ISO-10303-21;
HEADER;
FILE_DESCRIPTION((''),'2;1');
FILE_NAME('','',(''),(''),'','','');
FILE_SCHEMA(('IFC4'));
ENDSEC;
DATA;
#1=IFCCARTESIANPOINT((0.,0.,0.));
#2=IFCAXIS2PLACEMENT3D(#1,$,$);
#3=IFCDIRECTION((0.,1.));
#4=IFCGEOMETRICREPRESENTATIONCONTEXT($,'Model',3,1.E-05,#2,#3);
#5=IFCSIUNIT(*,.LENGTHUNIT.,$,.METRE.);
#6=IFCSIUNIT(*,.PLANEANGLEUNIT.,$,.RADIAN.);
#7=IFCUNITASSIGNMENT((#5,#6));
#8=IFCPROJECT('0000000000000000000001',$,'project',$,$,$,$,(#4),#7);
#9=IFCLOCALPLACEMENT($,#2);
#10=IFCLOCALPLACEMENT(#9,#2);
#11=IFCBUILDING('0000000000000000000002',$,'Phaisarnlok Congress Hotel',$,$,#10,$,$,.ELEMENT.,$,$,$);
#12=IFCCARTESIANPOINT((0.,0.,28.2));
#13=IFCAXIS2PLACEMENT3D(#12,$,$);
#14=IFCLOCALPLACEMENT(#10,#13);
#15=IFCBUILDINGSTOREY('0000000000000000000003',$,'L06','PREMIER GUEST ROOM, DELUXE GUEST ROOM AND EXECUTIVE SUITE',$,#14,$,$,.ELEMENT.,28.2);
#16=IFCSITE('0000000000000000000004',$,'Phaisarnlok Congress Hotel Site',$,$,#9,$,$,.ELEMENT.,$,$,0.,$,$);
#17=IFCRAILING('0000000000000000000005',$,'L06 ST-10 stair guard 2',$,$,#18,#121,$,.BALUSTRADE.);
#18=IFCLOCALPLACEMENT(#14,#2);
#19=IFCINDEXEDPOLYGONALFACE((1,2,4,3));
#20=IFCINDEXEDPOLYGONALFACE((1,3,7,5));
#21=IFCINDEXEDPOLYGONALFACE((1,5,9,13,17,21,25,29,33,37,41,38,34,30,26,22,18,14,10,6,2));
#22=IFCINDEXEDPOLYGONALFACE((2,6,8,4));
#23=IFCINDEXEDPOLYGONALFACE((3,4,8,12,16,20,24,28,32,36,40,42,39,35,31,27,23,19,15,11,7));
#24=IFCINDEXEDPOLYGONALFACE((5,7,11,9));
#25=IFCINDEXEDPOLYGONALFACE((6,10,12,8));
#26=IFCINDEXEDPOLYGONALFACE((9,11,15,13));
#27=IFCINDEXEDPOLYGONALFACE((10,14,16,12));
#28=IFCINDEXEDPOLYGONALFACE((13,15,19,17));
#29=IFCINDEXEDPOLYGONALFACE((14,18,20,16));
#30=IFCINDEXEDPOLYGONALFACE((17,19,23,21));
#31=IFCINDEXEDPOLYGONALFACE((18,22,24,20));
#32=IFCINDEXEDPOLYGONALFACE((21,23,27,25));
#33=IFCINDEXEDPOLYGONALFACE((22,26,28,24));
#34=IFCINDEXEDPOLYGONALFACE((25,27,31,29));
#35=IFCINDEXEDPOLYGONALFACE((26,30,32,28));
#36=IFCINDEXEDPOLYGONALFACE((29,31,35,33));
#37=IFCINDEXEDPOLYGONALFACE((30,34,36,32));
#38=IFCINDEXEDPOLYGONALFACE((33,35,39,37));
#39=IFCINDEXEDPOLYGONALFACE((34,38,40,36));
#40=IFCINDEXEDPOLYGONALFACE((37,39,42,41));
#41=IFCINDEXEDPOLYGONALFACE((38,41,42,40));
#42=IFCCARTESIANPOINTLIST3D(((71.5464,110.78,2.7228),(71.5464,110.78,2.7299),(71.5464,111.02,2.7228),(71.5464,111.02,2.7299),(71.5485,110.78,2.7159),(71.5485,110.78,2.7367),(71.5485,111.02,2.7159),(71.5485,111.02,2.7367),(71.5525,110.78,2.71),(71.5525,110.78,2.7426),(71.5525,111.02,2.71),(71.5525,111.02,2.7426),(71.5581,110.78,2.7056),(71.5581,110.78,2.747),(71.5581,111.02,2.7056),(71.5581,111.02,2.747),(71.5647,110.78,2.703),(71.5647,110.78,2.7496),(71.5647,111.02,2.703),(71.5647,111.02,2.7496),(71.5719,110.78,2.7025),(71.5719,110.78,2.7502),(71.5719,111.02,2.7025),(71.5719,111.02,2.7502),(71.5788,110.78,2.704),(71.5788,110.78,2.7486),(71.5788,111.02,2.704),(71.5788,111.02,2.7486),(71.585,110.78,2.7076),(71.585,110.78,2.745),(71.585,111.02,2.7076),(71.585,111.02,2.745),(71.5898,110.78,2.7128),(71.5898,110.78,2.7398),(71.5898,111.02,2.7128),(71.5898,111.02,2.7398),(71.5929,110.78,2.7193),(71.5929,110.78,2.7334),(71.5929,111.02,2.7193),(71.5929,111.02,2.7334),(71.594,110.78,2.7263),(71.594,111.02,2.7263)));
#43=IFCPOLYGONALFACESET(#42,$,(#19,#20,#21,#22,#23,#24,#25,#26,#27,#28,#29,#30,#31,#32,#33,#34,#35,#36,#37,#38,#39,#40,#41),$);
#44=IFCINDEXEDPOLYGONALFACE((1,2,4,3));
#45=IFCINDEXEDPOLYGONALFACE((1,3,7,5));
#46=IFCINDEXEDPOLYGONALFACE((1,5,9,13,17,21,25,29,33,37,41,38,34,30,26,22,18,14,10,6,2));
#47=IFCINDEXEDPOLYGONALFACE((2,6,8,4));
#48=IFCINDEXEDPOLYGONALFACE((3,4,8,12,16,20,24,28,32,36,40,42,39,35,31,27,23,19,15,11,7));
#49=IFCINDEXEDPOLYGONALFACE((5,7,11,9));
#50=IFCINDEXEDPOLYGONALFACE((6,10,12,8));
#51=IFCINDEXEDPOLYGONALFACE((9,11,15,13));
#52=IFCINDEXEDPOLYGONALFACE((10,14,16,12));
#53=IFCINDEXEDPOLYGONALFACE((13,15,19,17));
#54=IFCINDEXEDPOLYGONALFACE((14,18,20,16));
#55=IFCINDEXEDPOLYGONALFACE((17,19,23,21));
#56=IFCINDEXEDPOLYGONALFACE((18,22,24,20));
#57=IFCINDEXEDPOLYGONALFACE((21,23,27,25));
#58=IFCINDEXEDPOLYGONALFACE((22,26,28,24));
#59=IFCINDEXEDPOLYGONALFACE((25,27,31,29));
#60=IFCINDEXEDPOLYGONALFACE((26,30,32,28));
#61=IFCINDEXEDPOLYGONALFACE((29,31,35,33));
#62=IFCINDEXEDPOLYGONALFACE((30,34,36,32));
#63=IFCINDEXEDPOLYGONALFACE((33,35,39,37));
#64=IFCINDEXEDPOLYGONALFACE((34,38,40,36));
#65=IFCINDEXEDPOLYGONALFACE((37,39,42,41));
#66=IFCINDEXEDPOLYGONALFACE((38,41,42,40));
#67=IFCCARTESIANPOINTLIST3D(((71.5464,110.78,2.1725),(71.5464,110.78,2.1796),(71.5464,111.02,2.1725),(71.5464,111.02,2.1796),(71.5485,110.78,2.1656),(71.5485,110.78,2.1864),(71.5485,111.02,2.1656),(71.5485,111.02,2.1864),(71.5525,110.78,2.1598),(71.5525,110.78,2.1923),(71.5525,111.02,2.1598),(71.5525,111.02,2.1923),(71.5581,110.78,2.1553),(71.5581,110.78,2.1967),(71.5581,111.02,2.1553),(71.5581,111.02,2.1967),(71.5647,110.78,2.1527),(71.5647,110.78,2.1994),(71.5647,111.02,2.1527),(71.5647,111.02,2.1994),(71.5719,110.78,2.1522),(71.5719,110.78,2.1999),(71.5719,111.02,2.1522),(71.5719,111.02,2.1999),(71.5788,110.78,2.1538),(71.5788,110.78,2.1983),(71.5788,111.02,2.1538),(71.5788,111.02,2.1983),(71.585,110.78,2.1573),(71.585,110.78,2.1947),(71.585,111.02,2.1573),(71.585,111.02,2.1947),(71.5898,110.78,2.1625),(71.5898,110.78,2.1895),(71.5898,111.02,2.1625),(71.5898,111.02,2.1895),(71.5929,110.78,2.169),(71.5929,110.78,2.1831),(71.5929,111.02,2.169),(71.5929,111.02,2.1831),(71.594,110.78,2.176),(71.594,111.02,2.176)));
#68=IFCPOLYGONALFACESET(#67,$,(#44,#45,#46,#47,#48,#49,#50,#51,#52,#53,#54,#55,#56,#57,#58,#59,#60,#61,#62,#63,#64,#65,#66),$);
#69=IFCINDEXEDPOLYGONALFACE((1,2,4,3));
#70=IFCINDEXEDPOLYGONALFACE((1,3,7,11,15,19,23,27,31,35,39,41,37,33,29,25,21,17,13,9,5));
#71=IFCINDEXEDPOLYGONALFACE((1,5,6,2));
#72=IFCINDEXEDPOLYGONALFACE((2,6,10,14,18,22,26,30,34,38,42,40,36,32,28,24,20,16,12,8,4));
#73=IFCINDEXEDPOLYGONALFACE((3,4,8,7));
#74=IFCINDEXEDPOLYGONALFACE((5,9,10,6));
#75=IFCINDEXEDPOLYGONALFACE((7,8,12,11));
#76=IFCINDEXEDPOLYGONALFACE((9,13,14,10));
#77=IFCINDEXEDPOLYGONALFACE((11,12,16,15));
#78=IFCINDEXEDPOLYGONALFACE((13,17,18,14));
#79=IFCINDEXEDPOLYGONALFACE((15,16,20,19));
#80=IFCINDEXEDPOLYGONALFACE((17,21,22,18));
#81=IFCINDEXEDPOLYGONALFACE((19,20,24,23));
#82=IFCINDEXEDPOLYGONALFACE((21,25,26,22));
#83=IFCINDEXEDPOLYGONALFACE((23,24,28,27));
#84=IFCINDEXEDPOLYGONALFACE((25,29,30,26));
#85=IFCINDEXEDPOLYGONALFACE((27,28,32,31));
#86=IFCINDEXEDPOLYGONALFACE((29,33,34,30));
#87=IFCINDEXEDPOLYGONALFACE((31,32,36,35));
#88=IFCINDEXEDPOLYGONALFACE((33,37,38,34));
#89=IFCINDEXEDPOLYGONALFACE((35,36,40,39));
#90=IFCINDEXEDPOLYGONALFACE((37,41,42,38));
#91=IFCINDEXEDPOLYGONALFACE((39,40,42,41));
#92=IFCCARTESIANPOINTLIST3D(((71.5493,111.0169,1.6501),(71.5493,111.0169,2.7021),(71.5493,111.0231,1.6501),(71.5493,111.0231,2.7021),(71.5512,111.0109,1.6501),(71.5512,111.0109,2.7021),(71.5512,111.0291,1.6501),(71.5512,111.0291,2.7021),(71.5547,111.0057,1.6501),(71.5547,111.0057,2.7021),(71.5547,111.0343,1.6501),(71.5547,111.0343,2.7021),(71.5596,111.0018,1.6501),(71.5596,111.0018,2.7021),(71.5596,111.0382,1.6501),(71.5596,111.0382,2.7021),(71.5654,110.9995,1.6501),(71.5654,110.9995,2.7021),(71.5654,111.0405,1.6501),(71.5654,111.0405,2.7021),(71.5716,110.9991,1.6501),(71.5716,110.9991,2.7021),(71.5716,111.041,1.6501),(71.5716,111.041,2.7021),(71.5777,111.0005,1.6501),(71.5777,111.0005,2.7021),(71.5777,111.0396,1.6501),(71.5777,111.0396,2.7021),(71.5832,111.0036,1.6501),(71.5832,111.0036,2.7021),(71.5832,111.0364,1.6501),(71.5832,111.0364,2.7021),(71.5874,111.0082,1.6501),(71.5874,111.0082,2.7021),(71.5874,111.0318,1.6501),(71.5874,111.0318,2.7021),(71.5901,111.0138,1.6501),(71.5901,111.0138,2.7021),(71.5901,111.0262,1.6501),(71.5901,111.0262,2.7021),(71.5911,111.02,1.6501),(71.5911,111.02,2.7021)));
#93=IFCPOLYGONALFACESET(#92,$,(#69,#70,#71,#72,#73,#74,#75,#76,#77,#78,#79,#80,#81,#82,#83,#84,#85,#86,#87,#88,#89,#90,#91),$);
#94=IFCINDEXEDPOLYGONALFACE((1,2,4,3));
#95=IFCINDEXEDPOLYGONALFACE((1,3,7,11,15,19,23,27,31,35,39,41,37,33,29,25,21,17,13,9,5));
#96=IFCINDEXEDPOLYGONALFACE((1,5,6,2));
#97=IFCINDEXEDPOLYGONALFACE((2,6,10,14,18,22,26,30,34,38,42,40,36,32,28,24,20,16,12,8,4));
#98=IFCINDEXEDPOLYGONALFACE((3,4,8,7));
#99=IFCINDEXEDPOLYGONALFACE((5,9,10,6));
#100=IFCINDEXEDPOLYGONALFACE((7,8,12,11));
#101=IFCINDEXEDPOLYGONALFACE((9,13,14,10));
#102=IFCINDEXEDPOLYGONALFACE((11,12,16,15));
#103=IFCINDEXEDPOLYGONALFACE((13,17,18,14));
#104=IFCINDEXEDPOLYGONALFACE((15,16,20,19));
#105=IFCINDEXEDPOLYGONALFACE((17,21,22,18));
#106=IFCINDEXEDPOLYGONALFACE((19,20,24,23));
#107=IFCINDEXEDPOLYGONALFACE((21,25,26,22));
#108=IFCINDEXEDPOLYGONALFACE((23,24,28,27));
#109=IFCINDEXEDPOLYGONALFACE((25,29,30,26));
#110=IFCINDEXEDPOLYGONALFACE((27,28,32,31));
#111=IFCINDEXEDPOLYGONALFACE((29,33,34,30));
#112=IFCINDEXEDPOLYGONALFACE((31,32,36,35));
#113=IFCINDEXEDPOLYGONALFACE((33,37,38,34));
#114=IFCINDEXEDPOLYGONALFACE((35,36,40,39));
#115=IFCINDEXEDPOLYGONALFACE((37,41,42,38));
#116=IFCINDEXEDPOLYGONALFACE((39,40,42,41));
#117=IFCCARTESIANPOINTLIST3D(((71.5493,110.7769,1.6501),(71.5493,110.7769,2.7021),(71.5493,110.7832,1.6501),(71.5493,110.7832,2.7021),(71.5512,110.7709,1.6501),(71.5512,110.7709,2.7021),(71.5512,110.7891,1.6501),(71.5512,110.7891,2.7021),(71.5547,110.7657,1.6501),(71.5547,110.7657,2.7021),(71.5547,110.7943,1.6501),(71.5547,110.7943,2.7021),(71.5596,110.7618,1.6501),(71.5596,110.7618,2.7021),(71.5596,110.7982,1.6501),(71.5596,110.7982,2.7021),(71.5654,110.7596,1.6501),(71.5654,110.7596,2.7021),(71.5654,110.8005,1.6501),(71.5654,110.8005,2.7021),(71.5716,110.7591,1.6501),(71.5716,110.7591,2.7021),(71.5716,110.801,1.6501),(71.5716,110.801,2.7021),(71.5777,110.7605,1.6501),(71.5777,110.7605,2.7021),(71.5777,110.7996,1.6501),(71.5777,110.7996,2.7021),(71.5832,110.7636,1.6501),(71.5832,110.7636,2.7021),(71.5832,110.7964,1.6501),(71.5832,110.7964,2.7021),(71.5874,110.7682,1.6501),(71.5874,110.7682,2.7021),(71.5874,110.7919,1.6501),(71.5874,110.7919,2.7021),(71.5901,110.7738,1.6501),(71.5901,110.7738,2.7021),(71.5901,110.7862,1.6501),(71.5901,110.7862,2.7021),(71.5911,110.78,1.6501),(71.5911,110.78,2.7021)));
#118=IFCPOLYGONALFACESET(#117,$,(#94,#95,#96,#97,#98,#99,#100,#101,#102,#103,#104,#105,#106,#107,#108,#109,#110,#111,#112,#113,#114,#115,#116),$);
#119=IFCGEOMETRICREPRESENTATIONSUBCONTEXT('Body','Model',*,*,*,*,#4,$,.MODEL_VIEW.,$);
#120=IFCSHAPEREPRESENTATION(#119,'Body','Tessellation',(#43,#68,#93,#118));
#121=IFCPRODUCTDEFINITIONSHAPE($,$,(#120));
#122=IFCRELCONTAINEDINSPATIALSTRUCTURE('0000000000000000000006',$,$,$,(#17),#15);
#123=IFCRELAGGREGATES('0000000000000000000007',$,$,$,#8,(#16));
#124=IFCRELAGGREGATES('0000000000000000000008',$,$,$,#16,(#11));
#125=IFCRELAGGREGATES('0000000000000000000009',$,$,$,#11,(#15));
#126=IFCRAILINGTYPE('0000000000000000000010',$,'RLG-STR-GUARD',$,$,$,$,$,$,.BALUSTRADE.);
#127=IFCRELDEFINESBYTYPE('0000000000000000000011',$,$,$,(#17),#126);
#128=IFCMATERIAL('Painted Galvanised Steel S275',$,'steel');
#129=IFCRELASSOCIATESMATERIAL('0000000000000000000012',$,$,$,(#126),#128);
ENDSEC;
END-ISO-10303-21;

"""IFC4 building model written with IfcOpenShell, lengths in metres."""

from ifc_helpers import new_model, si_unit, direction, frame, origin, origin_2d, place, context, subcontext, project, spatial, circle, extrude, material, type_object, element, save


model = new_model("IFC4")

# Units and contexts
model_context = context("Model", 3, precision=1e-05, world=origin(), true_north=direction((0.0, 1.0)))
body_context = subcontext(model_context, "Body", "Model", "MODEL_VIEW")
ifc_project = project(units=[si_unit("LENGTHUNIT", "METRE"), si_unit("PLANEANGLEUNIT", "RADIAN")], contexts=[model_context])

# Site, building, storey
site_placement = place(None, origin())
site = spatial("IfcSite", under=ifc_project, at=site_placement, Name="Phaisarnlok Congress Hotel Site", CompositionType="ELEMENT", RefElevation=0.0)
building_placement = place(site_placement, origin())
building = spatial("IfcBuilding", under=site, at=building_placement, Name="Phaisarnlok Congress Hotel", CompositionType="ELEMENT")
storey_placement = place(building_placement, frame((0.0, 0.0, 28.2)))
storey = spatial("IfcBuildingStorey", under=building, at=storey_placement, Name="L06", Description="PREMIER GUEST ROOM, DELUXE GUEST ROOM AND EXECUTIVE SUITE", CompositionType="ELEMENT", Elevation=28.2)

# Railing
ifc_material_1 = material(Name="Painted Galvanised Steel S275", Category="steel")
railing_type_1 = type_object("IfcRailingType", Name="RLG-STR-GUARD", PredefinedType="BALUSTRADE", material=ifc_material_1)
railing_1_placement = place(storey_placement, frame((71.5701, 111.02, 1.6501)))
element("IfcRailing", 1, at=railing_1_placement, inside=storey, type_object=railing_type_1, Name="L06 ST-10 stair guard 2", PredefinedType="BALUSTRADE", context=body_context, shape_type="SweptSolid", body=[
    extrude(circle(Radius=0.0239, at=origin_2d()), frame((0.0, 0.0, 1.0762), z_axis=(0.0, -1.0, 0.0), x_axis=(1.0, 0.0, 0.0)), (0.0, 0.0, 1.0), 0.24),
    extrude(circle(Radius=0.0239, at=origin_2d()), frame((0.0, 0.0, 0.5259), z_axis=(0.0, -1.0, 0.0), x_axis=(1.0, 0.0, 0.0)), (0.0, 0.0, 1.0), 0.24),
    extrude(circle(Radius=0.021, at=origin_2d()), origin(), (0.0, 0.0, 1.0), 1.052),
    extrude(circle(Radius=0.021, at=origin_2d()), frame((0.0, -0.24, 0.0)), (0.0, 0.0, 1.0), 1.052),
])

save(model, "model.ifc")
